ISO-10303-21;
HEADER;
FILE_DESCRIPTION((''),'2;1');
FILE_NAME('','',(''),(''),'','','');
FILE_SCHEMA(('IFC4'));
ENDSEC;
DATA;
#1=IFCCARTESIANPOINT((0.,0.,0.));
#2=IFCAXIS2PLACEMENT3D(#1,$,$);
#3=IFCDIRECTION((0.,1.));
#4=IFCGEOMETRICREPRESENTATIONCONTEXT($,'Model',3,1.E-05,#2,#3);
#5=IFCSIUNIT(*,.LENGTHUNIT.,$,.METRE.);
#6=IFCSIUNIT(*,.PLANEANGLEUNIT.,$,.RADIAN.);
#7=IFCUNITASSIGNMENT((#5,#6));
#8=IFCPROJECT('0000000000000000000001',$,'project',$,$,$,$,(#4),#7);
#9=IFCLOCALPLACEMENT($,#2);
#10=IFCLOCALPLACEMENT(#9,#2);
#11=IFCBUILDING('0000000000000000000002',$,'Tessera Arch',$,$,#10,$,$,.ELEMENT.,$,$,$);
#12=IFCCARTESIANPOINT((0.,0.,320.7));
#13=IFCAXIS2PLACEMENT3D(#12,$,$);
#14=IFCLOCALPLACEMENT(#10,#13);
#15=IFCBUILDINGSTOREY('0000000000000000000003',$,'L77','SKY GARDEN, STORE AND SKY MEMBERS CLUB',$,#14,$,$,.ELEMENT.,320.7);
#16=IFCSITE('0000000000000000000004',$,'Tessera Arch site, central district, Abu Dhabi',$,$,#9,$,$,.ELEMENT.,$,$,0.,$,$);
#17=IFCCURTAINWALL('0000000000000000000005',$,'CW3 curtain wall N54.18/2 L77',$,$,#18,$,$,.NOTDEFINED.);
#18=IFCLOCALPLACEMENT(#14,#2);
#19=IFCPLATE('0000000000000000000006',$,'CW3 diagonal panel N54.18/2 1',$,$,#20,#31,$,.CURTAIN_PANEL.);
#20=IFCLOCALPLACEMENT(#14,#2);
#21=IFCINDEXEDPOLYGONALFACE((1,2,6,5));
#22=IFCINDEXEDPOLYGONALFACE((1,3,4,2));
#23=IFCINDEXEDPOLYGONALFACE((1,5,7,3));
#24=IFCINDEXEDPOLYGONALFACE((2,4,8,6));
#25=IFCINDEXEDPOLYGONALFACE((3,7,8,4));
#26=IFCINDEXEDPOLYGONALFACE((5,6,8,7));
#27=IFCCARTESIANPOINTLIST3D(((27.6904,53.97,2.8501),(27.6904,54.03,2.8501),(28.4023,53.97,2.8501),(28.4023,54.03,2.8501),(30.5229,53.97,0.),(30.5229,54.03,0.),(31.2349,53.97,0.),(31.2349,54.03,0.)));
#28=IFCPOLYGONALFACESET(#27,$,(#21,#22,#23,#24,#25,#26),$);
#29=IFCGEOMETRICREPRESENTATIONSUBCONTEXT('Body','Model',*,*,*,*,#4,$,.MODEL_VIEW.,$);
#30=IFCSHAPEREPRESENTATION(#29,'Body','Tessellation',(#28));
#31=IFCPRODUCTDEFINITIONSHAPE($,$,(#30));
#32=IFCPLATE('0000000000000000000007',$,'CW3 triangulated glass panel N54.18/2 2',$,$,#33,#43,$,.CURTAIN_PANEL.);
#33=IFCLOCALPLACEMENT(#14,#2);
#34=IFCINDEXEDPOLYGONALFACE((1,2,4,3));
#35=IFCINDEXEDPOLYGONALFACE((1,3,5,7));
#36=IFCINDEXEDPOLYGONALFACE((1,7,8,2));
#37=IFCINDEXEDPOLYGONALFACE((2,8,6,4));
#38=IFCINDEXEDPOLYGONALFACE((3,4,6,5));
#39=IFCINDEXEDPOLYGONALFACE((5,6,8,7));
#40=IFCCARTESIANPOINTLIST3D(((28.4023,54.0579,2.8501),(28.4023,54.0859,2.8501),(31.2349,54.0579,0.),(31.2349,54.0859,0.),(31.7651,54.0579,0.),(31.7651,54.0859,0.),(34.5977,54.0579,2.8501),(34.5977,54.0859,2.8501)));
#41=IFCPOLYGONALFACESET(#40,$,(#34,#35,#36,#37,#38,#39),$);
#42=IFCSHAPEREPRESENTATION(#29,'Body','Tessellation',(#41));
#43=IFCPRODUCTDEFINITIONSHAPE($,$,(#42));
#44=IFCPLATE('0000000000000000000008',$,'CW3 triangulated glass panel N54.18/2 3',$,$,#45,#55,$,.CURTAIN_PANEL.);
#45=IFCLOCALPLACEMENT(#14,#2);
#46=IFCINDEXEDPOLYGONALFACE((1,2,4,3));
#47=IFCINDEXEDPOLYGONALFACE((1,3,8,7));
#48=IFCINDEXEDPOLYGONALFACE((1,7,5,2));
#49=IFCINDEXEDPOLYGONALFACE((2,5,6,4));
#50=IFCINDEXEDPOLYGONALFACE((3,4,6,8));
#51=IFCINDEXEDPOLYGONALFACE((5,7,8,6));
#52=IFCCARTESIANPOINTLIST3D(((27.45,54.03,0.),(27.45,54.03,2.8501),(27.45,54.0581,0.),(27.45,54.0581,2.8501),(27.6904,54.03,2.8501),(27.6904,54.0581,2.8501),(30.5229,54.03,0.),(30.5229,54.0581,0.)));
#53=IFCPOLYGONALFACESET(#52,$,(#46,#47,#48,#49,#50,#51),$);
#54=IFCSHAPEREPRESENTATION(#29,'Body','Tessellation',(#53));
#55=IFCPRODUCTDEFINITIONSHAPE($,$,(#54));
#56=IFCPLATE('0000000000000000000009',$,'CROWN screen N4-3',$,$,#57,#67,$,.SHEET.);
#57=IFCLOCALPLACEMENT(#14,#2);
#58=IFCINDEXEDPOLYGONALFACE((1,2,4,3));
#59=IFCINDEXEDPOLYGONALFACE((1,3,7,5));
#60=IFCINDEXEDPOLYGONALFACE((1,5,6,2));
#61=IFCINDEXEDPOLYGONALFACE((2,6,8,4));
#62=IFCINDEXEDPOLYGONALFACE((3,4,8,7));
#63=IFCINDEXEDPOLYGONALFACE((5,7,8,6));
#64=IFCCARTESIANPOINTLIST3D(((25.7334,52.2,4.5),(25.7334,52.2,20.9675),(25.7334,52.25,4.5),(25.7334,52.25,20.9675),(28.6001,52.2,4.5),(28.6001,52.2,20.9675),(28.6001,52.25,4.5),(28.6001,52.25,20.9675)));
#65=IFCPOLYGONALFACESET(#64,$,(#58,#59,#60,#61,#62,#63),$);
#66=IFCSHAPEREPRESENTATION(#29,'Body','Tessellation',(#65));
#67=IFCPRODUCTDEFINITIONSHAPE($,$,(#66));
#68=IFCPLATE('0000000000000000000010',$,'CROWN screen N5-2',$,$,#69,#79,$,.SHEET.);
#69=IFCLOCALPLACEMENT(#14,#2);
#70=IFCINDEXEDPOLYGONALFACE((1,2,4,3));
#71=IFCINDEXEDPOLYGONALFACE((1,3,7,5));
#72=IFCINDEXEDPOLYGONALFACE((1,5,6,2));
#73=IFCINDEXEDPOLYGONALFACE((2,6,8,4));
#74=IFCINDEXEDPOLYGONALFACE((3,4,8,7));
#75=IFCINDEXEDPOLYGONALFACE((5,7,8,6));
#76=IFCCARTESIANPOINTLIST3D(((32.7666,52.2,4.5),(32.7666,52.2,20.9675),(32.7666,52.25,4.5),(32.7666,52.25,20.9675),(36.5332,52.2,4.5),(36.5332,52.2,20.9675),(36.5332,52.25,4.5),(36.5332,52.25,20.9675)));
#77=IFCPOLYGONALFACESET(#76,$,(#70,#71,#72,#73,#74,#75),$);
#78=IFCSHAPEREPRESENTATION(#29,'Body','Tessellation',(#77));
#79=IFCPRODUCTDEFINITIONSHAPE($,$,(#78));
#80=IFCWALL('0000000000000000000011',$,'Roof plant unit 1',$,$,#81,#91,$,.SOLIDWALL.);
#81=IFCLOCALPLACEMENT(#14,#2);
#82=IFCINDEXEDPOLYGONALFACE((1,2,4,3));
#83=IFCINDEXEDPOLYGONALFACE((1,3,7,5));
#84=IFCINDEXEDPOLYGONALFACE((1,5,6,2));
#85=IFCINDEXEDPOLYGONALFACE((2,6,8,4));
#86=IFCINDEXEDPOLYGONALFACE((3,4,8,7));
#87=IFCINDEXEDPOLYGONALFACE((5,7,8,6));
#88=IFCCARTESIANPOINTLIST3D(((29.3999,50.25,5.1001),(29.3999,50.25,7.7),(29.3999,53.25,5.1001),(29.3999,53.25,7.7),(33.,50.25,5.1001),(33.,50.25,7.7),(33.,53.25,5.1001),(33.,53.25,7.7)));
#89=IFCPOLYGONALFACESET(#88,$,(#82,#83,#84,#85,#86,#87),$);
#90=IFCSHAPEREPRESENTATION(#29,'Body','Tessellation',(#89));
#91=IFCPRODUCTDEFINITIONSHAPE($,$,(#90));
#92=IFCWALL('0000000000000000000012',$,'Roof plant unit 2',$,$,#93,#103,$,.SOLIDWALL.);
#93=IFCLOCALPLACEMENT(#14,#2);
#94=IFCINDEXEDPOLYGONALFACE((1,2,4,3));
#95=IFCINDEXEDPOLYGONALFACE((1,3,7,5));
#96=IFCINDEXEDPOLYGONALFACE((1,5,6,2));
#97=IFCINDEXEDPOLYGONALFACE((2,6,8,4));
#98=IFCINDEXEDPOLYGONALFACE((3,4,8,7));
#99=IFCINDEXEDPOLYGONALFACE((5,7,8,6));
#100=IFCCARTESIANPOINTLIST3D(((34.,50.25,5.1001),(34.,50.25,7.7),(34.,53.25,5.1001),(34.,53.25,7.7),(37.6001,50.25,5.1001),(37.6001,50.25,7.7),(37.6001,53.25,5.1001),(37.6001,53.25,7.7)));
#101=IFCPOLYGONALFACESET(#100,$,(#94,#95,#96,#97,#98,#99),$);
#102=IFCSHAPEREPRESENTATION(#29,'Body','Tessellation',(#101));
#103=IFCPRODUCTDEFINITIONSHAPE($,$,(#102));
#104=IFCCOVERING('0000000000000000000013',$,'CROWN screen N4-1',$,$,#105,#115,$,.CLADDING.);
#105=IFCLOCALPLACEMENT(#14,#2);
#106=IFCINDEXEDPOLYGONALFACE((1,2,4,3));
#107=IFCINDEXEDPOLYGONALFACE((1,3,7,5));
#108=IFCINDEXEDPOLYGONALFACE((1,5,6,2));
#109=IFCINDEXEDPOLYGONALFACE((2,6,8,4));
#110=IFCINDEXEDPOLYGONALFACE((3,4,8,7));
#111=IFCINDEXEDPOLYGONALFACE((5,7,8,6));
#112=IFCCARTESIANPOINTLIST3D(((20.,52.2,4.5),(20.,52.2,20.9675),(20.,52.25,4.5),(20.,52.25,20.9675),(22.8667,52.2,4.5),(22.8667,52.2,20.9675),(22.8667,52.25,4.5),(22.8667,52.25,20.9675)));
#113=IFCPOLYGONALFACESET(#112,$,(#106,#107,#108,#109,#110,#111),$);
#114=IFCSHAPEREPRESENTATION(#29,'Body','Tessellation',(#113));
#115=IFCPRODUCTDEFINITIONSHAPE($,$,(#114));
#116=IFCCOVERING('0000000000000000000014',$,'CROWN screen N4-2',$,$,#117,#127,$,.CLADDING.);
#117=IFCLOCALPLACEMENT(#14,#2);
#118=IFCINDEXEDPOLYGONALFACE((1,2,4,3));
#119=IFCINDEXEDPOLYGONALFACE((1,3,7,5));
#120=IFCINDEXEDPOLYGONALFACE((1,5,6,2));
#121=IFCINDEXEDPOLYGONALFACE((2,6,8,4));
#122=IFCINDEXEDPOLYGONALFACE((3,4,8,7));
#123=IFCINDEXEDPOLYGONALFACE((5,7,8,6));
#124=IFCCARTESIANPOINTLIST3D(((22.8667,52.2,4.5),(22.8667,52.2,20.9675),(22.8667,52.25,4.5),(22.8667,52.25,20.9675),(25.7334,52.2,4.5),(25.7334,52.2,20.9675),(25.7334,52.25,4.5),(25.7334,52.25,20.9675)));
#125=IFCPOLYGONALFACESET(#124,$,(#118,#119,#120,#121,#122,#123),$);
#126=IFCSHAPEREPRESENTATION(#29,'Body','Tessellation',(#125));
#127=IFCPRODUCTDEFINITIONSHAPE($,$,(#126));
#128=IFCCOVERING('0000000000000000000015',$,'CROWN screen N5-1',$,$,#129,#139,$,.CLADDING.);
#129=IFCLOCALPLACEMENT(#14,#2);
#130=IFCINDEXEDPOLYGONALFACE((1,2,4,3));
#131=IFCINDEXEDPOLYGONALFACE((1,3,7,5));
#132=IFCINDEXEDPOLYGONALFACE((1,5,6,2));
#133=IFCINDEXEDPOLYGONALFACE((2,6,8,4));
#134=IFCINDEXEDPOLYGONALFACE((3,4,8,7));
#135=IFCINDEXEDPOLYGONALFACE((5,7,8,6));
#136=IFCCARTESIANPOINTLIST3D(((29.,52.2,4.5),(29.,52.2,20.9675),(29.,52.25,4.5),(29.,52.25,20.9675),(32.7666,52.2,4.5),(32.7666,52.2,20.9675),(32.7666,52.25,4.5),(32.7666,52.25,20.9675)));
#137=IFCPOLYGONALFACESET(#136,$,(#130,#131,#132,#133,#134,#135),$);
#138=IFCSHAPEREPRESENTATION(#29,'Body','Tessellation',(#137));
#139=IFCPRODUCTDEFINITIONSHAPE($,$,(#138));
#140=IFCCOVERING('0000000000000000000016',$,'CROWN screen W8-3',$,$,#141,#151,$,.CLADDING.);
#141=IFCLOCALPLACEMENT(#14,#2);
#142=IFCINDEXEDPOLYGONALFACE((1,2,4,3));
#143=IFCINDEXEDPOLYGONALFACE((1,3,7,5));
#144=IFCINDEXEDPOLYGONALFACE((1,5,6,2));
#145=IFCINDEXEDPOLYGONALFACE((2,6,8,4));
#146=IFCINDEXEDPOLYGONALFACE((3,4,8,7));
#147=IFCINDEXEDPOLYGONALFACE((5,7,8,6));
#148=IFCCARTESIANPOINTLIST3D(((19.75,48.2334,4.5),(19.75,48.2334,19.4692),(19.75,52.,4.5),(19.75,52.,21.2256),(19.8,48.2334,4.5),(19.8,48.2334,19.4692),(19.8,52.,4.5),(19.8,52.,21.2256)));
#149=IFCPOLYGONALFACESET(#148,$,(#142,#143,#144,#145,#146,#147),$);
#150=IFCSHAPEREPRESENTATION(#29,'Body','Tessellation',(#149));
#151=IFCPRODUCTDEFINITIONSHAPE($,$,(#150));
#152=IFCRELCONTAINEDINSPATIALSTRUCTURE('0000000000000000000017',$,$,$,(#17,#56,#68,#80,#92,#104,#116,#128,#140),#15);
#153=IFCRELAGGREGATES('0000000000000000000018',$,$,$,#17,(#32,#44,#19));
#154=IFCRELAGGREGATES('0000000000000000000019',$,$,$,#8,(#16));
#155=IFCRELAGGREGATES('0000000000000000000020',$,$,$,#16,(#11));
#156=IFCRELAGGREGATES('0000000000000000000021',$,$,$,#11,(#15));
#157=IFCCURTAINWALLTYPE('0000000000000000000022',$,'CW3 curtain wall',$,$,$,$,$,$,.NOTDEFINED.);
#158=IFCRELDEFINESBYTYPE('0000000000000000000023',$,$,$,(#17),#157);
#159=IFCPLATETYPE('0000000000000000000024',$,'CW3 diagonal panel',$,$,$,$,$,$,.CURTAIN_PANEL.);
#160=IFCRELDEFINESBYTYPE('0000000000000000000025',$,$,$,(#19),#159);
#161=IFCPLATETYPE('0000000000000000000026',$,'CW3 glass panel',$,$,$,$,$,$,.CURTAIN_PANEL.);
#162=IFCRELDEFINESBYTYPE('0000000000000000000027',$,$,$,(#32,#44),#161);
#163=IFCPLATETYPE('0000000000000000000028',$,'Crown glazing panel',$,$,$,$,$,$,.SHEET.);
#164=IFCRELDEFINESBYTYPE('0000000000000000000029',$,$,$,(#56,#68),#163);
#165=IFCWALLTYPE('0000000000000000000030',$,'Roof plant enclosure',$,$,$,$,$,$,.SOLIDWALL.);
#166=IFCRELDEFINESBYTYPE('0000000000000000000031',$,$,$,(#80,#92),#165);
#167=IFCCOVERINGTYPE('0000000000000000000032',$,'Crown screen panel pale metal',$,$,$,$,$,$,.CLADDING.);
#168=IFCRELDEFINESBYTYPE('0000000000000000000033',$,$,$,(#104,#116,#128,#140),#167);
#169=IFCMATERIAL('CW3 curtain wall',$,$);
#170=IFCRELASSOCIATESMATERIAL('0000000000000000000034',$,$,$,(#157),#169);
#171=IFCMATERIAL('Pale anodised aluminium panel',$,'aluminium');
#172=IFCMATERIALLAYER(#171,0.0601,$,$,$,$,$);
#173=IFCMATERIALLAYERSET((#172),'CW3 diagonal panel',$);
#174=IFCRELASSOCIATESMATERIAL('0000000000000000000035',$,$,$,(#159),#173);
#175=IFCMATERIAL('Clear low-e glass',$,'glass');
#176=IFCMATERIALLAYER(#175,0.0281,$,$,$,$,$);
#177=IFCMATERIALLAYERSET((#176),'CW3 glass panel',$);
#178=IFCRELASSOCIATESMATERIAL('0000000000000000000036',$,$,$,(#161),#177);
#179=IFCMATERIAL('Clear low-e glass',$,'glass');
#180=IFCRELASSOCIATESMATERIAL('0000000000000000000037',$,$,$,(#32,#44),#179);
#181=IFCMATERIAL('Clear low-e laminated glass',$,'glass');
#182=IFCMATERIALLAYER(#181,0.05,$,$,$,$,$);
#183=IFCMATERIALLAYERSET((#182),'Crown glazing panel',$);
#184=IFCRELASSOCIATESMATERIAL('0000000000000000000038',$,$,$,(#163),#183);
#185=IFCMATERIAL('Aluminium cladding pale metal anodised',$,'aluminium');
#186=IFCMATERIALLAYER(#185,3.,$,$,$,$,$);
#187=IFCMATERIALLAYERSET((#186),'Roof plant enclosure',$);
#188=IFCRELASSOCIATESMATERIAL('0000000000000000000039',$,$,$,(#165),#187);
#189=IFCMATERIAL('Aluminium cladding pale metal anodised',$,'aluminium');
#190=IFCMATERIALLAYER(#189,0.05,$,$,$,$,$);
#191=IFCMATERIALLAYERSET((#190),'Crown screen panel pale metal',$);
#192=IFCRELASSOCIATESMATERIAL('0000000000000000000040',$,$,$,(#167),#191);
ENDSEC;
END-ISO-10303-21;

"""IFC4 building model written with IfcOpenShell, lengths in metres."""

from ifc_helpers import new_model, si_unit, direction, frame, frame_2d, origin, place, context, subcontext, project, spatial, polyline, rectangle, outline, extrude, material, layer, layer_set, type_object, element, aggregate, save


model = new_model("IFC4")

# Units and contexts
model_context = context("Model", 3, precision=1e-05, world=origin(), true_north=direction((0.0, 1.0)))
body_context = subcontext(model_context, "Body", "Model", "MODEL_VIEW")
ifc_project = project(units=[si_unit("LENGTHUNIT", "METRE"), si_unit("PLANEANGLEUNIT", "RADIAN")], contexts=[model_context])

# Site, building, storey
site_placement = place(None, origin())
site = spatial("IfcSite", under=ifc_project, at=site_placement, Name="Tessera Arch site, central district, Abu Dhabi", CompositionType="ELEMENT", RefElevation=0.0)
building_placement = place(site_placement, origin())
building = spatial("IfcBuilding", under=site, at=building_placement, Name="Tessera Arch", CompositionType="ELEMENT")
storey_placement = place(building_placement, frame((0.0, 0.0, 320.7)))
storey = spatial("IfcBuildingStorey", under=building, at=storey_placement, Name="L77", Description="SKY GARDEN, STORE AND SKY MEMBERS CLUB", CompositionType="ELEMENT", Elevation=320.7)

# Shared definitions
ifc_material_1 = material(Name="Clear low-e glass", Category="glass")

# Curtain wall, plates
ifc_material_2 = material(Name="CW3 curtain wall")
curtain_wall_type_1 = type_object("IfcCurtainWallType", Name="CW3 curtain wall", PredefinedType="NOTDEFINED", material=ifc_material_2)
curtain_wall_1_placement = place(storey_placement, origin())
curtain_wall_1 = element("IfcCurtainWall", 1, at=curtain_wall_1_placement, inside=storey, type_object=curtain_wall_type_1, Name="CW3 curtain wall N54.18/2 L77", PredefinedType="NOTDEFINED")
ifc_material_3 = material(Name="Pale anodised aluminium panel", Category="aluminium")
ifc_layer_1 = layer(ifc_material_3, 0.0601)
ifc_layer_set_1 = layer_set([ifc_layer_1], Name="CW3 diagonal panel")
plate_type_1 = type_object("IfcPlateType", Name="CW3 diagonal panel", PredefinedType="CURTAIN_PANEL", material=ifc_layer_set_1)
plate_1_placement = place(storey_placement, frame((27.6904, 54.03, 2.8501), z_axis=(0.0, 1.0, 0.0), x_axis=(1.0, 0.0, 0.0)))
plate_1 = element("IfcPlate", 2, at=plate_1_placement, type_object=plate_type_1, Name="CW3 diagonal panel N54.18/2 1", PredefinedType="CURTAIN_PANEL", context=body_context, shape_type="SweptSolid", body=[
    extrude(outline(polyline([(0.0, 0.0), (0.7119, 0.0), (3.5444, 2.8501), (2.8325, 2.8501), (0.0, 0.0)])), origin(), (0.0, 0.0, -1.0), 0.0601),
])
ifc_material_4 = material(Name="Clear low-e glass", Category="glass")
ifc_layer_2 = layer(ifc_material_4, 0.0281)
ifc_layer_set_2 = layer_set([ifc_layer_2], Name="CW3 glass panel")
plate_type_2 = type_object("IfcPlateType", Name="CW3 glass panel", PredefinedType="CURTAIN_PANEL", material=ifc_layer_set_2)
plate_2_placement = place(storey_placement, frame((28.4023, 54.0859, 2.8501), z_axis=(0.0, 1.0, 0.0), x_axis=(1.0, 0.0, 0.0)))
plate_2 = element("IfcPlate", 3, at=plate_2_placement, type_object=plate_type_2, material=ifc_material_1, Name="CW3 triangulated glass panel N54.18/2 2", PredefinedType="CURTAIN_PANEL", context=body_context, shape_type="SweptSolid", body=[
    extrude(outline(polyline([(0.0, 0.0), (6.1953, 0.0), (3.3628, 2.8501), (2.8325, 2.8501), (0.0, 0.0)])), origin(), (0.0, 0.0, -1.0), 0.0281),
])
plate_3_placement = place(storey_placement, frame((27.45, 54.0581, 2.8501), z_axis=(0.0, 1.0, 0.0), x_axis=(1.0, 0.0, 0.0)))
plate_3 = element("IfcPlate", 4, at=plate_3_placement, type_object=plate_type_2, material=ifc_material_1, Name="CW3 triangulated glass panel N54.18/2 3", PredefinedType="CURTAIN_PANEL", context=body_context, shape_type="SweptSolid", body=[
    extrude(outline(polyline([(0.0, 0.0), (0.2405, 0.0), (3.073, 2.8501), (0.0, 2.8501), (0.0, 0.0)])), origin(), (0.0, 0.0, -1.0), 0.0281),
])
aggregate(curtain_wall_1, [plate_2, plate_3, plate_1])

# Plates
ifc_material_5 = material(Name="Clear low-e laminated glass", Category="glass")
ifc_layer_3 = layer(ifc_material_5, 0.05)
ifc_layer_set_3 = layer_set([ifc_layer_3], Name="Crown glazing panel")
plate_type_3 = type_object("IfcPlateType", Name="Crown glazing panel", PredefinedType="SHEET", material=ifc_layer_set_3)
plate_4_placement = place(storey_placement, frame((25.7334, 52.2, 4.5), z_axis=(0.0, -1.0, 0.0), x_axis=(1.0, 0.0, 0.0)))
element("IfcPlate", 5, at=plate_4_placement, inside=storey, type_object=plate_type_3, Name="CROWN screen N4-3", PredefinedType="SHEET", context=body_context, shape_type="SweptSolid", body=[
    extrude(outline(polyline([(0.0, 0.0), (2.8667, 0.0), (2.8667, 16.4675), (0.0, 16.4675), (0.0, 0.0)])), origin(), (0.0, 0.0, -1.0), 0.05),
])
plate_5_placement = place(storey_placement, frame((32.7666, 52.2, 4.5), z_axis=(0.0, -1.0, 0.0), x_axis=(1.0, 0.0, 0.0)))
element("IfcPlate", 6, at=plate_5_placement, inside=storey, type_object=plate_type_3, Name="CROWN screen N5-2", PredefinedType="SHEET", context=body_context, shape_type="SweptSolid", body=[
    extrude(outline(polyline([(0.0, 0.0), (3.7666, 0.0), (3.7666, 16.4675), (0.0, 16.4675), (0.0, 0.0)])), origin(), (0.0, 0.0, -1.0), 0.05),
])

# Walls
ifc_material_6 = material(Name="Aluminium cladding pale metal anodised", Category="aluminium")
ifc_layer_4 = layer(ifc_material_6, 3.0)
ifc_layer_set_4 = layer_set([ifc_layer_4], Name="Roof plant enclosure")
wall_type = type_object("IfcWallType", Name="Roof plant enclosure", PredefinedType="SOLIDWALL", material=ifc_layer_set_4)
for number, where, z_axis, x_axis, name in (
    (7, (29.3999, 51.75, 5.1001), (0.0, 0.0, 1.0), (1.0, 0.0, 0.0), "Roof plant unit 1"),
    (8, (34.0, 51.75, 5.1001), (0.0, 0.0, 1.0), (1.0, 0.0, 0.0), "Roof plant unit 2"),
):
    element("IfcWall", number, at=place(storey_placement, frame(where, z_axis=z_axis, x_axis=x_axis)), inside=storey, type_object=wall_type, Name=name, PredefinedType="SOLIDWALL", context=body_context, shape_type="SweptSolid", body=[
        extrude(rectangle(XDim=3.6001, YDim=3.0, at=frame_2d((1.8, 0.0))), origin(), (0.0, 0.0, 1.0), 2.5999),
    ])

# Coverings
ifc_material_7 = material(Name="Aluminium cladding pale metal anodised", Category="aluminium")
ifc_layer_5 = layer(ifc_material_7, 0.05)
ifc_layer_set_5 = layer_set([ifc_layer_5], Name="Crown screen panel pale metal")
covering_type = type_object("IfcCoveringType", Name="Crown screen panel pale metal", PredefinedType="CLADDING", material=ifc_layer_set_5)
for number, where, z_axis, x_axis, name in (
    (9, (20.0, 52.2, 4.5), (0.0, -1.0, 0.0), (1.0, 0.0, 0.0), "CROWN screen N4-1"),
    (10, (22.8667, 52.2, 4.5), (0.0, -1.0, 0.0), (1.0, 0.0, 0.0), "CROWN screen N4-2"),
):
    element("IfcCovering", number, at=place(storey_placement, frame(where, z_axis=z_axis, x_axis=x_axis)), inside=storey, type_object=covering_type, Name=name, PredefinedType="CLADDING", context=body_context, shape_type="SweptSolid", body=[
        extrude(outline(polyline([(0.0, 0.0), (2.8667, 0.0), (2.8667, 16.4675), (0.0, 16.4675), (0.0, 0.0)])), origin(), (0.0, 0.0, -1.0), 0.05),
    ])
covering_1_placement = place(storey_placement, frame((29.0, 52.2, 4.5), z_axis=(0.0, -1.0, 0.0), x_axis=(1.0, 0.0, 0.0)))
element("IfcCovering", 11, at=covering_1_placement, inside=storey, type_object=covering_type, Name="CROWN screen N5-1", PredefinedType="CLADDING", context=body_context, shape_type="SweptSolid", body=[
    extrude(outline(polyline([(0.0, 0.0), (3.7666, 0.0), (3.7666, 16.4675), (0.0, 16.4675), (0.0, 0.0)])), origin(), (0.0, 0.0, -1.0), 0.05),
])
covering_2_placement = place(storey_placement, frame((19.8, 48.2334, 4.5), z_axis=(1.0, 0.0, 0.0), x_axis=(0.0, 1.0, 0.0)))
element("IfcCovering", 12, at=covering_2_placement, inside=storey, type_object=covering_type, Name="CROWN screen W8-3", PredefinedType="CLADDING", context=body_context, shape_type="SweptSolid", body=[
    extrude(outline(polyline([(0.0, 0.0), (3.7666, 0.0), (3.7666, 16.7256), (0.0, 14.9692), (0.0, 0.0)])), origin(), (0.0, 0.0, -1.0), 0.05),
])

save(model, "model.ifc")
